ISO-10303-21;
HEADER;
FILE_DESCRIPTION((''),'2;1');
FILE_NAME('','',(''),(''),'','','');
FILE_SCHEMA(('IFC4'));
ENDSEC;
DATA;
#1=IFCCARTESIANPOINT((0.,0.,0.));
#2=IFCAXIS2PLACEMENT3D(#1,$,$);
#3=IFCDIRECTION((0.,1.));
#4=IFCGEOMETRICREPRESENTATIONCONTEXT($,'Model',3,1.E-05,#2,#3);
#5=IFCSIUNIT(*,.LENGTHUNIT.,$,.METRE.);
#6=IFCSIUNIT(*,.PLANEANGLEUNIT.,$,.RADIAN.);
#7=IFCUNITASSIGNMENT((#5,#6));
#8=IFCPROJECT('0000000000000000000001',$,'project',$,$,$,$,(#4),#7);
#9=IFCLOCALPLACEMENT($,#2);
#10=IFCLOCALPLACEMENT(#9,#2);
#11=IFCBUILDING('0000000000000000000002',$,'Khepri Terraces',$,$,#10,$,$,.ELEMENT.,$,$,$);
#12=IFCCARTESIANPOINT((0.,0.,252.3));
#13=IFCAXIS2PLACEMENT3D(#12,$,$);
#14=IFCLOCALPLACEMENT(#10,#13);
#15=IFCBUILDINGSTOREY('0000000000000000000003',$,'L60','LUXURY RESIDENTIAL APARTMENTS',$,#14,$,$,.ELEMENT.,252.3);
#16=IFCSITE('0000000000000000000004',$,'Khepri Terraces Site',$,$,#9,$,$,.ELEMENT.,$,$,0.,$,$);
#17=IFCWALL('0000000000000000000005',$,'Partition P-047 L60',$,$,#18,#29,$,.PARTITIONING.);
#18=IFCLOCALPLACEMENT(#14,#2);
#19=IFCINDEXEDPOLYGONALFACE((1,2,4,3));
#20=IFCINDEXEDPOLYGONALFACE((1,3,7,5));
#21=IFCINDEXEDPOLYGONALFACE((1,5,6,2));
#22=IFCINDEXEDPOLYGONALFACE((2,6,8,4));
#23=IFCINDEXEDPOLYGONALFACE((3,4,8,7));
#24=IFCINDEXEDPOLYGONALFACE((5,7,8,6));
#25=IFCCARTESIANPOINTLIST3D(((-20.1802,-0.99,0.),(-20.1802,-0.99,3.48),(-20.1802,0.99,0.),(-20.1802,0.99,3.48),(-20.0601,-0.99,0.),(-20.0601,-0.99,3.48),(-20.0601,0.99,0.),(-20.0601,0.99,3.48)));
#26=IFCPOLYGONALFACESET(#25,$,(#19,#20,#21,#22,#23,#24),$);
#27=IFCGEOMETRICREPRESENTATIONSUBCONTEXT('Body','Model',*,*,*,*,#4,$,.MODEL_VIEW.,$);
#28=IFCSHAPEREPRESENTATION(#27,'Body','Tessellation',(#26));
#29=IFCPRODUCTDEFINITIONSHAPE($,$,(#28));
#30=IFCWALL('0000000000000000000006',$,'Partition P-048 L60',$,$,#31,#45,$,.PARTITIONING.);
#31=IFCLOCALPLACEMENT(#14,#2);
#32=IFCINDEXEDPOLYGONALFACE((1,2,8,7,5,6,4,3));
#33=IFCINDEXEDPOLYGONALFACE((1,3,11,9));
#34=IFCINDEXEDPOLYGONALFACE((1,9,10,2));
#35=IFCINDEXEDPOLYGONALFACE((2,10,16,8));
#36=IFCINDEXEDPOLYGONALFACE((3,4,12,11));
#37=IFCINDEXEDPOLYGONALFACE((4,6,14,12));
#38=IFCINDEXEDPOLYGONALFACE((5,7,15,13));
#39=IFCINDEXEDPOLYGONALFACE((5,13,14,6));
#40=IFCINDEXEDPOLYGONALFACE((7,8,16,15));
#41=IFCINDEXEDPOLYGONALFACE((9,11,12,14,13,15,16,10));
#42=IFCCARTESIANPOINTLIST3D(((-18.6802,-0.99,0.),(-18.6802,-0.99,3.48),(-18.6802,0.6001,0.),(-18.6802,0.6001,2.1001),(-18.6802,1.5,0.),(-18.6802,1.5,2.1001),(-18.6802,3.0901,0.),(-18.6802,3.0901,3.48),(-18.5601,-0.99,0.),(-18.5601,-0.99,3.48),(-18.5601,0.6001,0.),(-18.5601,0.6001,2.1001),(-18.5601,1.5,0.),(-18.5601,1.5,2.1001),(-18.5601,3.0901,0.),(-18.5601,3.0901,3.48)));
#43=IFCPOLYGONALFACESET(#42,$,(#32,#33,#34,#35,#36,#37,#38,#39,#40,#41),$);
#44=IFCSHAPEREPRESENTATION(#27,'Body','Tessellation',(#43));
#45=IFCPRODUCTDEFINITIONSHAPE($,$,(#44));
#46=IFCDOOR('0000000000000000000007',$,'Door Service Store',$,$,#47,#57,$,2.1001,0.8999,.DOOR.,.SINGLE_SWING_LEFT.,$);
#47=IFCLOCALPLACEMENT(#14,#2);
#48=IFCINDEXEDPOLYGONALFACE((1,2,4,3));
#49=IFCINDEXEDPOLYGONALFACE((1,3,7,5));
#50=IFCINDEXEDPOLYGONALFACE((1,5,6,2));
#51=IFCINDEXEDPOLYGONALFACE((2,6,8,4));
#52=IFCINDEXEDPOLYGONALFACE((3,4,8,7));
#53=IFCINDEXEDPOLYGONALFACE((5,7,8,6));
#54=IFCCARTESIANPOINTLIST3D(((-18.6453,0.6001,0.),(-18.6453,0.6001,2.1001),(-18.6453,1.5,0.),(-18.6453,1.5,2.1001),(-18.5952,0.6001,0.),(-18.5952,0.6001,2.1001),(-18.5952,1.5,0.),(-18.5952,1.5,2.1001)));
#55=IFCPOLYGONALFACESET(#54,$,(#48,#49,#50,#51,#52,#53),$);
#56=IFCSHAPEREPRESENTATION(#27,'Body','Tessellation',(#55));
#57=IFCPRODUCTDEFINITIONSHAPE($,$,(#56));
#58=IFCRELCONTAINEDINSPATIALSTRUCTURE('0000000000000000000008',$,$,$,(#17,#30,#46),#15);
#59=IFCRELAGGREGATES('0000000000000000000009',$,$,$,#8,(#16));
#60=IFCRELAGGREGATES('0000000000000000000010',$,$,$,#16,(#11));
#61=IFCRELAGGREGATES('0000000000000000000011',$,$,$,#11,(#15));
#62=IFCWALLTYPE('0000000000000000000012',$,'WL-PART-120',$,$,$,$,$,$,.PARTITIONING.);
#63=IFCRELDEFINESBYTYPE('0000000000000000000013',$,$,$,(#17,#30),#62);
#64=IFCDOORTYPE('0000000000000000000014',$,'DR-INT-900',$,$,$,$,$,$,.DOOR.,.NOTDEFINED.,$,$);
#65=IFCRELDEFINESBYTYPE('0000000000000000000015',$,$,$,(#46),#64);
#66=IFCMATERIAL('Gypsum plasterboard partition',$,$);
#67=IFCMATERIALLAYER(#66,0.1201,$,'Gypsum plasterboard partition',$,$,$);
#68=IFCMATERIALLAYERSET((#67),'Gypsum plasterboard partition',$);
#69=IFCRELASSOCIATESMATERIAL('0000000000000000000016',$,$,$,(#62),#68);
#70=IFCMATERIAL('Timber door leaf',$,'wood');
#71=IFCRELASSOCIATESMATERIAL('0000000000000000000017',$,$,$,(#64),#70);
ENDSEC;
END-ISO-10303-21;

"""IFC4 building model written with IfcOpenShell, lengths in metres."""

from ifc_helpers import new_model, si_unit, direction, frame, frame_2d, origin, place, context, subcontext, project, spatial, rectangle, extrude, material, layer, layer_set, type_object, element, fill, save


model = new_model("IFC4")

# Units and contexts
model_context = context("Model", 3, precision=1e-05, world=origin(), true_north=direction((0.0, 1.0)))
body_context = subcontext(model_context, "Body", "Model", "MODEL_VIEW")
ifc_project = project(units=[si_unit("LENGTHUNIT", "METRE"), si_unit("PLANEANGLEUNIT", "RADIAN")], contexts=[model_context])

# Site, building, storey
site_placement = place(None, origin())
site = spatial("IfcSite", under=ifc_project, at=site_placement, Name="Khepri Terraces Site", CompositionType="ELEMENT", RefElevation=0.0)
building_placement = place(site_placement, origin())
building = spatial("IfcBuilding", under=site, at=building_placement, Name="Khepri Terraces", CompositionType="ELEMENT")
storey_placement = place(building_placement, frame((0.0, 0.0, 252.3)))
storey = spatial("IfcBuildingStorey", under=building, at=storey_placement, Name="L60", Description="LUXURY RESIDENTIAL APARTMENTS", CompositionType="ELEMENT", Elevation=252.3)

# Shared definitions
ifc_material_1 = material(Name="Gypsum plasterboard partition")
ifc_layer_1 = layer(ifc_material_1, 0.1201, Name="Gypsum plasterboard partition")
ifc_layer_set_1 = layer_set([ifc_layer_1], Name="Gypsum plasterboard partition")
wall_type_1 = type_object("IfcWallType", Name="WL-PART-120", PredefinedType="PARTITIONING", material=ifc_layer_set_1)

# Shared definitions
ifc_material_2 = material(Name="Timber door leaf", Category="wood")
door_type_1 = type_object("IfcDoorType", Name="DR-INT-900", OperationType="NOTDEFINED", PredefinedType="DOOR", material=ifc_material_2)

# Wall
wall_1_placement = place(storey_placement, frame((-20.1201, -0.99, 0.0), z_axis=(0.0, 0.0, 1.0), x_axis=(0.0, 1.0, 0.0)))
element("IfcWall", 1, at=wall_1_placement, inside=storey, type_object=wall_type_1, Name="Partition P-047 L60", PredefinedType="PARTITIONING", context=body_context, shape_type="SweptSolid", body=[
    extrude(rectangle(XDim=1.98, YDim=0.1201, at=frame_2d((0.99, 0.0))), origin(), (0.0, 0.0, 1.0), 3.48),
])

# Wall, opening, door
wall_2_placement = place(storey_placement, frame((-18.6201, -0.99, 0.0), z_axis=(0.0, 0.0, 1.0), x_axis=(0.0, 1.0, 0.0)))
wall_2 = element("IfcWall", 2, at=wall_2_placement, inside=storey, type_object=wall_type_1, Name="Partition P-048 L60", PredefinedType="PARTITIONING", context=body_context, shape_type="SweptSolid", body=[
    extrude(rectangle(XDim=4.0801, YDim=0.1201, at=frame_2d((2.04, 0.0))), origin(), (0.0, 0.0, 1.0), 3.48),
])
opening_1_placement = place(wall_2_placement, frame((1.5901, 0.0, 0.0)))
opening_1 = element("IfcOpeningElement", 3, at=opening_1_placement, cuts=wall_2, PredefinedType="OPENING", context=body_context, shape_type="SweptSolid", body=[
    extrude(rectangle(XDim=0.8999, YDim=2.1001, at=frame_2d((0.45, 1.05))), frame((0.0, 0.0701, 0.0), z_axis=(0.0, -1.0, 0.0), x_axis=(1.0, 0.0, 0.0)), (0.0, 0.0, 1.0), 0.1401),
])
door_1_placement = place(opening_1_placement, frame((0.8999, 0.0, 0.0), z_axis=(0.0, 0.0, 1.0), x_axis=(-1.0, 0.0, 0.0)))
door_1 = element("IfcDoor", 4, at=door_1_placement, inside=storey, type_object=door_type_1, Name="Door Service Store", OperationType="SINGLE_SWING_LEFT", OverallHeight=2.1001, OverallWidth=0.8999, PredefinedType="DOOR", context=body_context, shape_type="SweptSolid", body=[
    extrude(rectangle(XDim=0.8999, YDim=2.1001, at=frame_2d((0.45, 1.05))), frame((0.0, 0.0249, 0.0), z_axis=(0.0, -1.0, 0.0), x_axis=(1.0, 0.0, 0.0)), (0.0, 0.0, 1.0), 0.05),
])
fill(opening_1, door_1)

save(model, "model.ifc")
